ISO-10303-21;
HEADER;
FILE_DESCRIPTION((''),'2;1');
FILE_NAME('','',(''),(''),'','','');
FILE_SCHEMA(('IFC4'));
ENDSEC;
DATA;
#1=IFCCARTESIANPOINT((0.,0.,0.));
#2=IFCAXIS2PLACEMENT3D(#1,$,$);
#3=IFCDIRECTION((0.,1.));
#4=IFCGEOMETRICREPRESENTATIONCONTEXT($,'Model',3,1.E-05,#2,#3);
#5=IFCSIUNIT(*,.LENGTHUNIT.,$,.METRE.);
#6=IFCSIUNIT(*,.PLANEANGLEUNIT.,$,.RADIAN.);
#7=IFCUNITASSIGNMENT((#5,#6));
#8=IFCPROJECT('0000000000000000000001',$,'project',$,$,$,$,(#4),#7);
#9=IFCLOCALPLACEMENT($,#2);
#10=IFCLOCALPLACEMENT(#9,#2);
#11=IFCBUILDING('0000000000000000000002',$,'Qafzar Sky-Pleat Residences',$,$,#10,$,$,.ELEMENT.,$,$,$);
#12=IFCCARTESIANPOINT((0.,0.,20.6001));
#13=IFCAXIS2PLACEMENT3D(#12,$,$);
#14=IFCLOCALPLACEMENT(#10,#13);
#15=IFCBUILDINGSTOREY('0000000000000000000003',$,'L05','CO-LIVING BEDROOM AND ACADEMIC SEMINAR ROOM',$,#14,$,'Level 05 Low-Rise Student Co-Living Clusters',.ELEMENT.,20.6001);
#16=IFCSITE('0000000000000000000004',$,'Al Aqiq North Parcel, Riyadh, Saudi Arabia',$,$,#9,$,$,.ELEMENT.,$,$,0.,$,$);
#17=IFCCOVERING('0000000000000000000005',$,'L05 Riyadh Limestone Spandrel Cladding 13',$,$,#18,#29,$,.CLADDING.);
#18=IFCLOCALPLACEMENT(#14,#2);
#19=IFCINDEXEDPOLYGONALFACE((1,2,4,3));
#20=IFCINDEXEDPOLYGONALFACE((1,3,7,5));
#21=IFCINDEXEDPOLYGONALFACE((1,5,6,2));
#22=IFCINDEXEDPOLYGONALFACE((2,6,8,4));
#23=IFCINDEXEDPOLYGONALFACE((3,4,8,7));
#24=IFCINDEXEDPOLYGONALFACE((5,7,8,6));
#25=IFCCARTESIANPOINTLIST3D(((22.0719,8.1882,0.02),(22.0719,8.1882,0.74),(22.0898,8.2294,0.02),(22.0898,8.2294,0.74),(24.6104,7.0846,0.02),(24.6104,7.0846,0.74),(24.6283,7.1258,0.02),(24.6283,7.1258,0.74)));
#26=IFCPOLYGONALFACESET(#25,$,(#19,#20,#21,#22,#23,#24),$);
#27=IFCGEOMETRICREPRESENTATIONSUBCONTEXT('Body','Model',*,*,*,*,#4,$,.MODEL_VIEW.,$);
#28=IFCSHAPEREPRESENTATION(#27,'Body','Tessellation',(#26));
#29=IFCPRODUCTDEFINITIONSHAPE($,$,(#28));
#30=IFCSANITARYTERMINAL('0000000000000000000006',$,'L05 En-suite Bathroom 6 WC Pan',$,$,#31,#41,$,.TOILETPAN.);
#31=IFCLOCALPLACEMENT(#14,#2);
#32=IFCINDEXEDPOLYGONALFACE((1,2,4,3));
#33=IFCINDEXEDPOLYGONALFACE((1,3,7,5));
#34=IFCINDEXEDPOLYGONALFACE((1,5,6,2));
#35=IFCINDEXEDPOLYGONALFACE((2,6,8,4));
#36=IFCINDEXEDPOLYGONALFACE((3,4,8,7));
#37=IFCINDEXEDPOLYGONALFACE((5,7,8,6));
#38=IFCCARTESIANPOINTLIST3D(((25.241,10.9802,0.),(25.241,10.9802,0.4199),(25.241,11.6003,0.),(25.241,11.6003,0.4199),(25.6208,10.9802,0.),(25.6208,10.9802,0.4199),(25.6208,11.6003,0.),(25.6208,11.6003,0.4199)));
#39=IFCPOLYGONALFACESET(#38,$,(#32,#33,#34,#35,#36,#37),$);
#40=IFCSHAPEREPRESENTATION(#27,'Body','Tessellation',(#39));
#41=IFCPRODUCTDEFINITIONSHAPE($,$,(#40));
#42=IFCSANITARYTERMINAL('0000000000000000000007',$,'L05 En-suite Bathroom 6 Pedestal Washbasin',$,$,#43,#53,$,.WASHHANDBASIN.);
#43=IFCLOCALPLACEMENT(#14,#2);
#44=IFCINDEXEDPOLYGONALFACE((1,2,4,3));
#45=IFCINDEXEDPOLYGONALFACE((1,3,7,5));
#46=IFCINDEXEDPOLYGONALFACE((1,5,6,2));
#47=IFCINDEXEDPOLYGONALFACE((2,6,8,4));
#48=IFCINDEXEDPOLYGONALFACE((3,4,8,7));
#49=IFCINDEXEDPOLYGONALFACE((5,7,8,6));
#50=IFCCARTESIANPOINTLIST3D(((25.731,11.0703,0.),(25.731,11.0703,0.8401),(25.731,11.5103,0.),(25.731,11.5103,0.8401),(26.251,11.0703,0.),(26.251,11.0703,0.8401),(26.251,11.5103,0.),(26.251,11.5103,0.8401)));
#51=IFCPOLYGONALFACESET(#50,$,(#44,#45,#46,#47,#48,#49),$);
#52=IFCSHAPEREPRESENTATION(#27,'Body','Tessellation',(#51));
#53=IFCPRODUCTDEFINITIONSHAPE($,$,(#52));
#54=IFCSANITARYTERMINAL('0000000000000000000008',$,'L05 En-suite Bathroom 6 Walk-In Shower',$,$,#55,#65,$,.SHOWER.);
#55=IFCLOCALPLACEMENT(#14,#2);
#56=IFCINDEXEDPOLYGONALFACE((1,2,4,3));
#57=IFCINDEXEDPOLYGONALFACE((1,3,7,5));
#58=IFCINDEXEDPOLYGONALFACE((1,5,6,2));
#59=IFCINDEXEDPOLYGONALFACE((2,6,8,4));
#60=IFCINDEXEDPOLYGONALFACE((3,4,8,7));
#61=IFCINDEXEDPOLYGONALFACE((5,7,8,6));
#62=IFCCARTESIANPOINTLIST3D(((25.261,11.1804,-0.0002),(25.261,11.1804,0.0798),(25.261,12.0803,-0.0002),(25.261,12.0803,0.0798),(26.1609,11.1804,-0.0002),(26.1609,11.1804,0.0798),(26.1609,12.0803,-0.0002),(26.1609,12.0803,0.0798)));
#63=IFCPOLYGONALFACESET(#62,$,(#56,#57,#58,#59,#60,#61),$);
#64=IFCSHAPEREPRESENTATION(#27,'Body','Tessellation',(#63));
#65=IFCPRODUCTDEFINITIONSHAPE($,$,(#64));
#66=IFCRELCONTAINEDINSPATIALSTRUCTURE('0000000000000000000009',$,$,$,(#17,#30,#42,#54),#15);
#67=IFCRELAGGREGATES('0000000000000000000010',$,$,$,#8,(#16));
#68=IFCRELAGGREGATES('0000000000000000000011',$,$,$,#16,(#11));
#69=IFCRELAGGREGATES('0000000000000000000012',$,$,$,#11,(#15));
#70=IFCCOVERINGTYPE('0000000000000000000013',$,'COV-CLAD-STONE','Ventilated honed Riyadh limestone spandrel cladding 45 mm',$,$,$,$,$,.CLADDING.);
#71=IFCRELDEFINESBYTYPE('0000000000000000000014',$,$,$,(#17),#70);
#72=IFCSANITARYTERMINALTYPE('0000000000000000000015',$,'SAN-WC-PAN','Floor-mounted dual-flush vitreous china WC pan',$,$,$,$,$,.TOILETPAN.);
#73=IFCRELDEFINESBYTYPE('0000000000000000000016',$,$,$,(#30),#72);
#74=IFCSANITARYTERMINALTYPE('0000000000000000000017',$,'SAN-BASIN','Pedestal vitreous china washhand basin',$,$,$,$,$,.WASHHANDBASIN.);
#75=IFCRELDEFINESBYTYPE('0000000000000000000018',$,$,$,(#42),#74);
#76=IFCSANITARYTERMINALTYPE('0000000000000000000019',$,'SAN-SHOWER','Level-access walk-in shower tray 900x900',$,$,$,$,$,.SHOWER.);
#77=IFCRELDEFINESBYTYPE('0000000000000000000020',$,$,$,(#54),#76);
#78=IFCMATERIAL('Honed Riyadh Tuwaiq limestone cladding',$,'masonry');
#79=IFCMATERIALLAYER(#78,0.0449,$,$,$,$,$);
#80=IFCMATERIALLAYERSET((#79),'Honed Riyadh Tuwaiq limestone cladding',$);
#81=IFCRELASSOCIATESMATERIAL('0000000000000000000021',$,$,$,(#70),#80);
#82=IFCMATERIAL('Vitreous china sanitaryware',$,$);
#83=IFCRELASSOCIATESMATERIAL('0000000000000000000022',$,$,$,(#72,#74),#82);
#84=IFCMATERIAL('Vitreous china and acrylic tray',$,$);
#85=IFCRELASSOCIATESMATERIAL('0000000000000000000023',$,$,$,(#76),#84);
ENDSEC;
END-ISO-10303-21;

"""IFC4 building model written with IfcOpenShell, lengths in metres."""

from ifc_helpers import new_model, si_unit, direction, frame, origin, origin_2d, place, context, subcontext, project, spatial, rectangle, extrude, source, transform, mapped, material, layer, layer_set, type_object, element, save


model = new_model("IFC4")

# Units and contexts
model_context = context("Model", 3, precision=1e-05, world=origin(), true_north=direction((0.0, 1.0)))
body_context = subcontext(model_context, "Body", "Model", "MODEL_VIEW")
ifc_project = project(units=[si_unit("LENGTHUNIT", "METRE"), si_unit("PLANEANGLEUNIT", "RADIAN")], contexts=[model_context])

# Site, building, storey
site_placement = place(None, origin())
site = spatial("IfcSite", under=ifc_project, at=site_placement, Name="Al Aqiq North Parcel, Riyadh, Saudi Arabia", CompositionType="ELEMENT", RefElevation=0.0)
building_placement = place(site_placement, origin())
building = spatial("IfcBuilding", under=site, at=building_placement, Name="Qafzar Sky-Pleat Residences", CompositionType="ELEMENT")
storey_placement = place(building_placement, frame((0.0, 0.0, 20.6001)))
storey = spatial("IfcBuildingStorey", under=building, at=storey_placement, Name="L05", Description="CO-LIVING BEDROOM AND ACADEMIC SEMINAR ROOM", LongName="Level 05 Low-Rise Student Co-Living Clusters", CompositionType="ELEMENT", Elevation=20.6001)

# Covering
ifc_material_1 = material(Name="Honed Riyadh Tuwaiq limestone cladding", Category="masonry")
ifc_layer_1 = layer(ifc_material_1, 0.0449)
ifc_layer_set_1 = layer_set([ifc_layer_1], Name="Honed Riyadh Tuwaiq limestone cladding")
covering_type = type_object("IfcCoveringType", Name="COV-CLAD-STONE", Description="Ventilated honed Riyadh limestone spandrel cladding 45 mm", PredefinedType="CLADDING", material=ifc_layer_set_1)
shared_shape_1 = source(origin(), body_context, "Body", "SweptSolid", [
    extrude(rectangle(XDim=2.7681, YDim=0.0449, at=origin_2d()), origin(), (0.0, 0.0, 1.0), 0.72),
])
covering_placement = place(storey_placement, frame((23.3501, 7.657, 0.02), z_axis=(0.0, 0.0, 1.0), x_axis=(0.917082, -0.398698, 0.0)))
element("IfcCovering", 1, at=covering_placement, inside=storey, type_object=covering_type, Name="L05 Riyadh Limestone Spandrel Cladding 13", PredefinedType="CLADDING", context=body_context, shape_type="MappedRepresentation", body=[
    mapped(shared_shape_1, transform((0.0, 0.0, 0.0), x_axis=(1.0, 0.0, 0.0), y_axis=(0.0, 1.0, 0.0), z_axis=(0.0, 0.0, 1.0), scale=1.0)),
])

# Sanitary terminals
ifc_material_2 = material(Name="Vitreous china sanitaryware")
sanitary_terminal_type_1 = type_object("IfcSanitaryTerminalType", Name="SAN-WC-PAN", Description="Floor-mounted dual-flush vitreous china WC pan", PredefinedType="TOILETPAN", material=ifc_material_2)
shared_shape_2 = source(origin(), body_context, "Body", "SweptSolid", [
    extrude(rectangle(XDim=0.3799, YDim=0.6201, at=origin_2d()), origin(), (0.0, 0.0, 1.0), 0.4199),
])
sanitary_terminal_1_placement = place(storey_placement, frame((25.4309, 11.2903, 0.0), z_axis=(0.0, 0.0, 1.0), x_axis=(1.0, 0.0, 0.0)))
element("IfcSanitaryTerminal", 2, at=sanitary_terminal_1_placement, inside=storey, type_object=sanitary_terminal_type_1, Name="L05 En-suite Bathroom 6 WC Pan", PredefinedType="TOILETPAN", context=body_context, shape_type="MappedRepresentation", body=[
    mapped(shared_shape_2, transform((0.0, 0.0, 0.0), x_axis=(1.0, 0.0, 0.0), y_axis=(0.0, 1.0, 0.0), z_axis=(0.0, 0.0, 1.0), scale=1.0)),
])
sanitary_terminal_type_2 = type_object("IfcSanitaryTerminalType", Name="SAN-BASIN", Description="Pedestal vitreous china washhand basin", PredefinedType="WASHHANDBASIN", material=ifc_material_2)
shared_shape_3 = source(origin(), body_context, "Body", "SweptSolid", [
    extrude(rectangle(XDim=0.52, YDim=0.4399, at=origin_2d()), origin(), (0.0, 0.0, 1.0), 0.8401),
])
sanitary_terminal_2_placement = place(storey_placement, frame((25.991, 11.2903, 0.0), z_axis=(0.0, 0.0, 1.0), x_axis=(1.0, 0.0, 0.0)))
element("IfcSanitaryTerminal", 3, at=sanitary_terminal_2_placement, inside=storey, type_object=sanitary_terminal_type_2, Name="L05 En-suite Bathroom 6 Pedestal Washbasin", PredefinedType="WASHHANDBASIN", context=body_context, shape_type="MappedRepresentation", body=[
    mapped(shared_shape_3, transform((0.0, 0.0, 0.0), x_axis=(1.0, 0.0, 0.0), y_axis=(0.0, 1.0, 0.0), z_axis=(0.0, 0.0, 1.0), scale=1.0)),
])
ifc_material_3 = material(Name="Vitreous china and acrylic tray")
sanitary_terminal_type_3 = type_object("IfcSanitaryTerminalType", Name="SAN-SHOWER", Description="Level-access walk-in shower tray 900x900", PredefinedType="SHOWER", material=ifc_material_3)
shared_shape_4 = source(origin(), body_context, "Body", "SweptSolid", [
    extrude(rectangle(XDim=0.8999, YDim=0.8999, at=origin_2d()), origin(), (0.0, 0.0, 1.0), 0.0801),
])
sanitary_terminal_3_placement = place(storey_placement, frame((25.7109, 11.6304, -0.0002), z_axis=(0.0, 0.0, 1.0), x_axis=(1.0, 0.0, 0.0)))
element("IfcSanitaryTerminal", 4, at=sanitary_terminal_3_placement, inside=storey, type_object=sanitary_terminal_type_3, Name="L05 En-suite Bathroom 6 Walk-In Shower", PredefinedType="SHOWER", context=body_context, shape_type="MappedRepresentation", body=[
    mapped(shared_shape_4, transform((0.0, 0.0, 0.0), x_axis=(1.0, 0.0, 0.0), y_axis=(0.0, 1.0, 0.0), z_axis=(0.0, 0.0, 1.0), scale=1.0)),
])

save(model, "model.ifc")
